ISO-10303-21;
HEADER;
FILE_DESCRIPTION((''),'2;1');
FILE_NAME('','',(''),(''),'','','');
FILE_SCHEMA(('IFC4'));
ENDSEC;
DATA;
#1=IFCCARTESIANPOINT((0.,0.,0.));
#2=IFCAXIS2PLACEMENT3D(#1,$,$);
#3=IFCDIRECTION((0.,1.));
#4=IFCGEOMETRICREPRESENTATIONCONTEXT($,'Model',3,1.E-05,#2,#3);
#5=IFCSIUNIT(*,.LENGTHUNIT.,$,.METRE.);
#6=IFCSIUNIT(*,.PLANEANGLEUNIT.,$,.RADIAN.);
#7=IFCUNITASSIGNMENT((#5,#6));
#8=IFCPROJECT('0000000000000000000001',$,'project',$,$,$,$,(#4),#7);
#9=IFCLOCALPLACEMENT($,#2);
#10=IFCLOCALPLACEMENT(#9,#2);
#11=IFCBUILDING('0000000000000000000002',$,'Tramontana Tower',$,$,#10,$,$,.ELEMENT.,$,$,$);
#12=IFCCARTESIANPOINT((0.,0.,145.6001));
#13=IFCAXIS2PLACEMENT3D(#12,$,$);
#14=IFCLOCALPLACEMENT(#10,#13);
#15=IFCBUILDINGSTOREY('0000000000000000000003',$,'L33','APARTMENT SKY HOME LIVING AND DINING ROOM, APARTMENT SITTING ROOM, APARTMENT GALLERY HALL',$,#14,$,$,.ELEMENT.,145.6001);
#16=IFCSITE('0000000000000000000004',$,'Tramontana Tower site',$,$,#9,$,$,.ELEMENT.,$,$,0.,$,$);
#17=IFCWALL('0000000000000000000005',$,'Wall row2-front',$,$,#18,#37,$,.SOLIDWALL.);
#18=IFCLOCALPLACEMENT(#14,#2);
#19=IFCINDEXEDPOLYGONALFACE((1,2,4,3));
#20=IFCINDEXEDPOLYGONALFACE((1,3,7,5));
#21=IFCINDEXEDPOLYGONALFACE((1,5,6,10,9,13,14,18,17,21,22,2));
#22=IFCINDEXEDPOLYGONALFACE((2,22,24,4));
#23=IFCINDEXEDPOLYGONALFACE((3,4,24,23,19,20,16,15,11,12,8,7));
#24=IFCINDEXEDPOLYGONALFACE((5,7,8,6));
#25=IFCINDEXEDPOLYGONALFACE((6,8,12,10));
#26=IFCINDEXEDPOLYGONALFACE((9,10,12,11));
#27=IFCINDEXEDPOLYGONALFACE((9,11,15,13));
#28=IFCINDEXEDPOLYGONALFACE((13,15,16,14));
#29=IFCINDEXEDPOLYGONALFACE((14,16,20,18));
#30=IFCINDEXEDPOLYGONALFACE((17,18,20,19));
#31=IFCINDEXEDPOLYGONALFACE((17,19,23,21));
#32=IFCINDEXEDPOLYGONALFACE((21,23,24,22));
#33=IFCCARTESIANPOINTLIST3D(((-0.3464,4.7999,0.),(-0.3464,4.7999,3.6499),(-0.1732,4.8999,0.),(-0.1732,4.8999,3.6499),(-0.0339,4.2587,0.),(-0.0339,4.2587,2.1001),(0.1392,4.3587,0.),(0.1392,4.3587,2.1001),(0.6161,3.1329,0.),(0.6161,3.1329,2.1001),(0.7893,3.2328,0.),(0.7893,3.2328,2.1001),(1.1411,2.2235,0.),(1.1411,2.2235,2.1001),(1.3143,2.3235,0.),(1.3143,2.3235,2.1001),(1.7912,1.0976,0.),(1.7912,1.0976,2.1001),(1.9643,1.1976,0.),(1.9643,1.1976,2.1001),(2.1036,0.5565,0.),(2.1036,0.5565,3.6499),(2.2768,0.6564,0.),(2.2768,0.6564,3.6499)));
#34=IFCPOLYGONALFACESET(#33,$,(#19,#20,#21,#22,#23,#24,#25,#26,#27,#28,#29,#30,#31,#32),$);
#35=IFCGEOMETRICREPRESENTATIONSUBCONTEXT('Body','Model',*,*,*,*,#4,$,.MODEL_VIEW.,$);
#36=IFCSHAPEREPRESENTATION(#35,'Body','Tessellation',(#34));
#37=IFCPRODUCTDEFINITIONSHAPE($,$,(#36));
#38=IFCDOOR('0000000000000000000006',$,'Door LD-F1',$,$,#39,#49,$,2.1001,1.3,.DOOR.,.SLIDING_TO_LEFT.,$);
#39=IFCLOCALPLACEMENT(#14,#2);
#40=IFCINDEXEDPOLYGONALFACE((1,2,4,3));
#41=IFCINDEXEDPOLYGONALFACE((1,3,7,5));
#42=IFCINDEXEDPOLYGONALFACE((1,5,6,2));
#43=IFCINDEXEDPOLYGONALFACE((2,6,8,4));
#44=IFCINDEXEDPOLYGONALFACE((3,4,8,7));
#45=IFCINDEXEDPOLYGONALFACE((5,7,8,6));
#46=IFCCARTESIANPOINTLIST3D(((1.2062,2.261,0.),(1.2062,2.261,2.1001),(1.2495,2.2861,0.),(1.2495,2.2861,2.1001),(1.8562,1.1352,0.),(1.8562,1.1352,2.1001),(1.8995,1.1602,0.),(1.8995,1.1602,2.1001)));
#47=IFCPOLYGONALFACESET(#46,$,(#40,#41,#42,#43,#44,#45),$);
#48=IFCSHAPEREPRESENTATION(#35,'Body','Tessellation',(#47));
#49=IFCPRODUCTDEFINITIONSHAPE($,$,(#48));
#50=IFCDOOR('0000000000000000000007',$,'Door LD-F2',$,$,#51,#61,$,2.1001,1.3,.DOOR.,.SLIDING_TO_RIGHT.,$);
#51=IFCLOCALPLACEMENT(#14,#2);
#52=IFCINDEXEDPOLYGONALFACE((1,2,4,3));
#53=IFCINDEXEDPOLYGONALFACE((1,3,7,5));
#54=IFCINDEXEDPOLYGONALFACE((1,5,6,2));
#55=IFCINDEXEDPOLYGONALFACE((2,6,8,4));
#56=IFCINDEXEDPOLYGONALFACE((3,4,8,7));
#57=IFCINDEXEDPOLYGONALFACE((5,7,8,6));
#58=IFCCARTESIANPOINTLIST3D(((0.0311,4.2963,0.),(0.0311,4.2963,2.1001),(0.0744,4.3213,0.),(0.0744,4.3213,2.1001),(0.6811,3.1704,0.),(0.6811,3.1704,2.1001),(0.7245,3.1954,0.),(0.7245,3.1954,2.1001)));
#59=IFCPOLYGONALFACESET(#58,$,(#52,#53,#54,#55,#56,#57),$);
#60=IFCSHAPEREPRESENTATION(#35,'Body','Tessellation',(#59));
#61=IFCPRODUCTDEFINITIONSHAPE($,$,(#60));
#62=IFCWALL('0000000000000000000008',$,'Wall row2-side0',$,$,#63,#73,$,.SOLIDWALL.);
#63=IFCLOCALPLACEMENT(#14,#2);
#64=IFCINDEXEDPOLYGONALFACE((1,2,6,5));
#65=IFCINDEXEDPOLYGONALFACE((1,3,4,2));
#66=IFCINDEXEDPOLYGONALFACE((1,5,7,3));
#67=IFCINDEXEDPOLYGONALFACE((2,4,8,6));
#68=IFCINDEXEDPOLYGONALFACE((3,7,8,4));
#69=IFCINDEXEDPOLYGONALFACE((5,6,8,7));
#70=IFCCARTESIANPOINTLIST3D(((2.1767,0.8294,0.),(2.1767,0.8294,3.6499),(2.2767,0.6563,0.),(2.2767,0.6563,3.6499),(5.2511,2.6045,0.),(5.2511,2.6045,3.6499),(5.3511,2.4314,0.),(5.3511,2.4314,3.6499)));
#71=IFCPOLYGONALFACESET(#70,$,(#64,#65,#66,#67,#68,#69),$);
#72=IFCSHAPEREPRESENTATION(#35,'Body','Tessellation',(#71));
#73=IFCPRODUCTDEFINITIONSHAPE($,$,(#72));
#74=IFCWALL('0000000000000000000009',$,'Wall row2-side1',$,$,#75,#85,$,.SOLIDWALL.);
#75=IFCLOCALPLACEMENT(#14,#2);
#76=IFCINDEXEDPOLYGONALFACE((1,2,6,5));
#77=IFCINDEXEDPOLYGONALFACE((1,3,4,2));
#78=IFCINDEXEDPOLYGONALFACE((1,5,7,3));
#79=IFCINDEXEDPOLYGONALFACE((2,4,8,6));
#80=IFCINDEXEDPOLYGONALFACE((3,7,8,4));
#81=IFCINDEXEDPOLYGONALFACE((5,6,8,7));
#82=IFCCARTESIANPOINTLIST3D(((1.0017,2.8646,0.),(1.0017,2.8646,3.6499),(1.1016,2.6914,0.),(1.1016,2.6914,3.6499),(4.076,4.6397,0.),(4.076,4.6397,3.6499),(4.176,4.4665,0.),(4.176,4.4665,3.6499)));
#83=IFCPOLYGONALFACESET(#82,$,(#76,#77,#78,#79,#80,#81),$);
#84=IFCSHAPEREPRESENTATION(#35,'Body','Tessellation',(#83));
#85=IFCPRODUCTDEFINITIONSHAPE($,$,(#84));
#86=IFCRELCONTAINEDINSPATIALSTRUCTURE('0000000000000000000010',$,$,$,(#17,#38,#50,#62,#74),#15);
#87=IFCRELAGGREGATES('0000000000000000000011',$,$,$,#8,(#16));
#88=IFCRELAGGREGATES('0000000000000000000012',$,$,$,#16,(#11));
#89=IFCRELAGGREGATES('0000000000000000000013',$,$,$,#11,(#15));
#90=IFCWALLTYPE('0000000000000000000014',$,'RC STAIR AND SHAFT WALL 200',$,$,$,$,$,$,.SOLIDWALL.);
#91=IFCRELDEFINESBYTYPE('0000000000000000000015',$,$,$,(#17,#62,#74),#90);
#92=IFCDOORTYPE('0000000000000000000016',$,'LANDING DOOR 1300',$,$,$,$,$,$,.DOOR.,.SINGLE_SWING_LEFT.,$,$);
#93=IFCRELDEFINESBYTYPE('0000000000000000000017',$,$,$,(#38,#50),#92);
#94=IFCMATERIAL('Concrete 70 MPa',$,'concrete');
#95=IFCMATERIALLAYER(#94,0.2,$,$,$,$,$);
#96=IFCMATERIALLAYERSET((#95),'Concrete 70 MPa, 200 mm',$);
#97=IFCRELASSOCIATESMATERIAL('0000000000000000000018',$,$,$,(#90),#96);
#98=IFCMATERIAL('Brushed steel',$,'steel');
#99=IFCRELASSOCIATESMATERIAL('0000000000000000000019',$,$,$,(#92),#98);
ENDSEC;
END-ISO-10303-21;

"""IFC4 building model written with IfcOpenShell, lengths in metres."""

from ifc_helpers import new_model, si_unit, direction, frame, frame_2d, origin, place, context, subcontext, project, spatial, rectangle, extrude, material, layer, layer_set, type_object, element, fill, save


model = new_model("IFC4")

# Units and contexts
model_context = context("Model", 3, precision=1e-05, world=origin(), true_north=direction((0.0, 1.0)))
body_context = subcontext(model_context, "Body", "Model", "MODEL_VIEW")
ifc_project = project(units=[si_unit("LENGTHUNIT", "METRE"), si_unit("PLANEANGLEUNIT", "RADIAN")], contexts=[model_context])

# Site, building, storey
site_placement = place(None, origin())
site = spatial("IfcSite", under=ifc_project, at=site_placement, Name="Tramontana Tower site", CompositionType="ELEMENT", RefElevation=0.0)
building_placement = place(site_placement, origin())
building = spatial("IfcBuilding", under=site, at=building_placement, Name="Tramontana Tower", CompositionType="ELEMENT")
storey_placement = place(building_placement, frame((0.0, 0.0, 145.6001)))
storey = spatial("IfcBuildingStorey", under=building, at=storey_placement, Name="L33", Description="APARTMENT SKY HOME LIVING AND DINING ROOM, APARTMENT SITTING ROOM, APARTMENT GALLERY HALL", CompositionType="ELEMENT", Elevation=145.6001)

# Shared definitions
ifc_material_1 = material(Name="Concrete 70 MPa", Category="concrete")
ifc_layer_1 = layer(ifc_material_1, 0.2)
ifc_layer_set_1 = layer_set([ifc_layer_1], Name="Concrete 70 MPa, 200 mm")
wall_type_1 = type_object("IfcWallType", Name="RC STAIR AND SHAFT WALL 200", PredefinedType="SOLIDWALL", material=ifc_layer_set_1)

# Wall, openings, doors
wall_1_placement = place(storey_placement, frame((2.1902, 0.6064, 0.0), z_axis=(0.0, 0.0, 1.0), x_axis=(-0.500003, 0.866024, 0.0)))
wall_1 = element("IfcWall", 1, at=wall_1_placement, inside=storey, type_object=wall_type_1, Name="Wall row2-front", PredefinedType="SOLIDWALL", context=body_context, shape_type="SweptSolid", body=[
    extrude(rectangle(XDim=4.8999, YDim=0.2, at=frame_2d((2.45, 0.0))), origin(), (0.0, 0.0, 1.0), 3.6499),
])
opening_1_placement = place(wall_1_placement, frame((0.625, 0.0, 0.0)))
opening_1 = element("IfcOpeningElement", 2, at=opening_1_placement, cuts=wall_1, PredefinedType="OPENING", context=body_context, shape_type="SweptSolid", body=[
    extrude(rectangle(XDim=1.3, YDim=2.1001, at=frame_2d((0.6499, 1.05))), frame((0.0, 0.1099, 0.0), z_axis=(0.0, -1.0, 0.0), x_axis=(1.0, 0.0, 0.0)), (0.0, 0.0, 1.0), 0.22),
])
opening_2_placement = place(wall_1_placement, frame((2.9751, 0.0, 0.0)))
opening_2 = element("IfcOpeningElement", 3, at=opening_2_placement, cuts=wall_1, PredefinedType="OPENING", context=body_context, shape_type="SweptSolid", body=[
    extrude(rectangle(XDim=1.3, YDim=2.1001, at=frame_2d((0.6499, 1.05))), frame((0.0, 0.1099, 0.0), z_axis=(0.0, -1.0, 0.0), x_axis=(1.0, 0.0, 0.0)), (0.0, 0.0, 1.0), 0.22),
])
ifc_material_2 = material(Name="Brushed steel", Category="steel")
door_type_1 = type_object("IfcDoorType", Name="LANDING DOOR 1300", OperationType="SINGLE_SWING_LEFT", PredefinedType="DOOR", material=ifc_material_2)
door_1_placement = place(opening_1_placement, origin())
door_1 = element("IfcDoor", 4, at=door_1_placement, inside=storey, type_object=door_type_1, Name="Door LD-F1", OperationType="SLIDING_TO_LEFT", OverallHeight=2.1001, OverallWidth=1.3, PredefinedType="DOOR", context=body_context, shape_type="SweptSolid", body=[
    extrude(rectangle(XDim=1.3, YDim=2.1001, at=frame_2d((0.6499, 1.05))), frame((0.0, 0.0249, 0.0), z_axis=(0.0, -1.0, 0.0), x_axis=(1.0, 0.0, 0.0)), (0.0, 0.0, 1.0), 0.05),
])
fill(opening_1, door_1)
door_2_placement = place(opening_2_placement, origin())
door_2 = element("IfcDoor", 5, at=door_2_placement, inside=storey, type_object=door_type_1, Name="Door LD-F2", OperationType="SLIDING_TO_RIGHT", OverallHeight=2.1001, OverallWidth=1.3, PredefinedType="DOOR", context=body_context, shape_type="SweptSolid", body=[
    extrude(rectangle(XDim=1.3, YDim=2.1001, at=frame_2d((0.6499, 1.05))), frame((0.0, 0.0249, 0.0), z_axis=(0.0, -1.0, 0.0), x_axis=(1.0, 0.0, 0.0)), (0.0, 0.0, 1.0), 0.05),
])
fill(opening_2, door_2)

# Walls
for number, where, z_axis, x_axis, name in (
    (6, (2.2268, 0.7429, 0.0), (0.0, 0.0, 1.0), (0.866013, 0.500022, 0.0), "Wall row2-side0"),
    (7, (1.0518, 2.7781, 0.0), (0.0, 0.0, 1.0), (0.866013, 0.500022, 0.0), "Wall row2-side1"),
):
    element("IfcWall", number, at=place(storey_placement, frame(where, z_axis=z_axis, x_axis=x_axis)), inside=storey, type_object=wall_type_1, Name=name, PredefinedType="SOLIDWALL", context=body_context, shape_type="SweptSolid", body=[
        extrude(rectangle(XDim=3.55, YDim=0.2, at=frame_2d((1.7749, 0.0))), origin(), (0.0, 0.0, 1.0), 3.6499),
    ])

save(model, "model.ifc")
